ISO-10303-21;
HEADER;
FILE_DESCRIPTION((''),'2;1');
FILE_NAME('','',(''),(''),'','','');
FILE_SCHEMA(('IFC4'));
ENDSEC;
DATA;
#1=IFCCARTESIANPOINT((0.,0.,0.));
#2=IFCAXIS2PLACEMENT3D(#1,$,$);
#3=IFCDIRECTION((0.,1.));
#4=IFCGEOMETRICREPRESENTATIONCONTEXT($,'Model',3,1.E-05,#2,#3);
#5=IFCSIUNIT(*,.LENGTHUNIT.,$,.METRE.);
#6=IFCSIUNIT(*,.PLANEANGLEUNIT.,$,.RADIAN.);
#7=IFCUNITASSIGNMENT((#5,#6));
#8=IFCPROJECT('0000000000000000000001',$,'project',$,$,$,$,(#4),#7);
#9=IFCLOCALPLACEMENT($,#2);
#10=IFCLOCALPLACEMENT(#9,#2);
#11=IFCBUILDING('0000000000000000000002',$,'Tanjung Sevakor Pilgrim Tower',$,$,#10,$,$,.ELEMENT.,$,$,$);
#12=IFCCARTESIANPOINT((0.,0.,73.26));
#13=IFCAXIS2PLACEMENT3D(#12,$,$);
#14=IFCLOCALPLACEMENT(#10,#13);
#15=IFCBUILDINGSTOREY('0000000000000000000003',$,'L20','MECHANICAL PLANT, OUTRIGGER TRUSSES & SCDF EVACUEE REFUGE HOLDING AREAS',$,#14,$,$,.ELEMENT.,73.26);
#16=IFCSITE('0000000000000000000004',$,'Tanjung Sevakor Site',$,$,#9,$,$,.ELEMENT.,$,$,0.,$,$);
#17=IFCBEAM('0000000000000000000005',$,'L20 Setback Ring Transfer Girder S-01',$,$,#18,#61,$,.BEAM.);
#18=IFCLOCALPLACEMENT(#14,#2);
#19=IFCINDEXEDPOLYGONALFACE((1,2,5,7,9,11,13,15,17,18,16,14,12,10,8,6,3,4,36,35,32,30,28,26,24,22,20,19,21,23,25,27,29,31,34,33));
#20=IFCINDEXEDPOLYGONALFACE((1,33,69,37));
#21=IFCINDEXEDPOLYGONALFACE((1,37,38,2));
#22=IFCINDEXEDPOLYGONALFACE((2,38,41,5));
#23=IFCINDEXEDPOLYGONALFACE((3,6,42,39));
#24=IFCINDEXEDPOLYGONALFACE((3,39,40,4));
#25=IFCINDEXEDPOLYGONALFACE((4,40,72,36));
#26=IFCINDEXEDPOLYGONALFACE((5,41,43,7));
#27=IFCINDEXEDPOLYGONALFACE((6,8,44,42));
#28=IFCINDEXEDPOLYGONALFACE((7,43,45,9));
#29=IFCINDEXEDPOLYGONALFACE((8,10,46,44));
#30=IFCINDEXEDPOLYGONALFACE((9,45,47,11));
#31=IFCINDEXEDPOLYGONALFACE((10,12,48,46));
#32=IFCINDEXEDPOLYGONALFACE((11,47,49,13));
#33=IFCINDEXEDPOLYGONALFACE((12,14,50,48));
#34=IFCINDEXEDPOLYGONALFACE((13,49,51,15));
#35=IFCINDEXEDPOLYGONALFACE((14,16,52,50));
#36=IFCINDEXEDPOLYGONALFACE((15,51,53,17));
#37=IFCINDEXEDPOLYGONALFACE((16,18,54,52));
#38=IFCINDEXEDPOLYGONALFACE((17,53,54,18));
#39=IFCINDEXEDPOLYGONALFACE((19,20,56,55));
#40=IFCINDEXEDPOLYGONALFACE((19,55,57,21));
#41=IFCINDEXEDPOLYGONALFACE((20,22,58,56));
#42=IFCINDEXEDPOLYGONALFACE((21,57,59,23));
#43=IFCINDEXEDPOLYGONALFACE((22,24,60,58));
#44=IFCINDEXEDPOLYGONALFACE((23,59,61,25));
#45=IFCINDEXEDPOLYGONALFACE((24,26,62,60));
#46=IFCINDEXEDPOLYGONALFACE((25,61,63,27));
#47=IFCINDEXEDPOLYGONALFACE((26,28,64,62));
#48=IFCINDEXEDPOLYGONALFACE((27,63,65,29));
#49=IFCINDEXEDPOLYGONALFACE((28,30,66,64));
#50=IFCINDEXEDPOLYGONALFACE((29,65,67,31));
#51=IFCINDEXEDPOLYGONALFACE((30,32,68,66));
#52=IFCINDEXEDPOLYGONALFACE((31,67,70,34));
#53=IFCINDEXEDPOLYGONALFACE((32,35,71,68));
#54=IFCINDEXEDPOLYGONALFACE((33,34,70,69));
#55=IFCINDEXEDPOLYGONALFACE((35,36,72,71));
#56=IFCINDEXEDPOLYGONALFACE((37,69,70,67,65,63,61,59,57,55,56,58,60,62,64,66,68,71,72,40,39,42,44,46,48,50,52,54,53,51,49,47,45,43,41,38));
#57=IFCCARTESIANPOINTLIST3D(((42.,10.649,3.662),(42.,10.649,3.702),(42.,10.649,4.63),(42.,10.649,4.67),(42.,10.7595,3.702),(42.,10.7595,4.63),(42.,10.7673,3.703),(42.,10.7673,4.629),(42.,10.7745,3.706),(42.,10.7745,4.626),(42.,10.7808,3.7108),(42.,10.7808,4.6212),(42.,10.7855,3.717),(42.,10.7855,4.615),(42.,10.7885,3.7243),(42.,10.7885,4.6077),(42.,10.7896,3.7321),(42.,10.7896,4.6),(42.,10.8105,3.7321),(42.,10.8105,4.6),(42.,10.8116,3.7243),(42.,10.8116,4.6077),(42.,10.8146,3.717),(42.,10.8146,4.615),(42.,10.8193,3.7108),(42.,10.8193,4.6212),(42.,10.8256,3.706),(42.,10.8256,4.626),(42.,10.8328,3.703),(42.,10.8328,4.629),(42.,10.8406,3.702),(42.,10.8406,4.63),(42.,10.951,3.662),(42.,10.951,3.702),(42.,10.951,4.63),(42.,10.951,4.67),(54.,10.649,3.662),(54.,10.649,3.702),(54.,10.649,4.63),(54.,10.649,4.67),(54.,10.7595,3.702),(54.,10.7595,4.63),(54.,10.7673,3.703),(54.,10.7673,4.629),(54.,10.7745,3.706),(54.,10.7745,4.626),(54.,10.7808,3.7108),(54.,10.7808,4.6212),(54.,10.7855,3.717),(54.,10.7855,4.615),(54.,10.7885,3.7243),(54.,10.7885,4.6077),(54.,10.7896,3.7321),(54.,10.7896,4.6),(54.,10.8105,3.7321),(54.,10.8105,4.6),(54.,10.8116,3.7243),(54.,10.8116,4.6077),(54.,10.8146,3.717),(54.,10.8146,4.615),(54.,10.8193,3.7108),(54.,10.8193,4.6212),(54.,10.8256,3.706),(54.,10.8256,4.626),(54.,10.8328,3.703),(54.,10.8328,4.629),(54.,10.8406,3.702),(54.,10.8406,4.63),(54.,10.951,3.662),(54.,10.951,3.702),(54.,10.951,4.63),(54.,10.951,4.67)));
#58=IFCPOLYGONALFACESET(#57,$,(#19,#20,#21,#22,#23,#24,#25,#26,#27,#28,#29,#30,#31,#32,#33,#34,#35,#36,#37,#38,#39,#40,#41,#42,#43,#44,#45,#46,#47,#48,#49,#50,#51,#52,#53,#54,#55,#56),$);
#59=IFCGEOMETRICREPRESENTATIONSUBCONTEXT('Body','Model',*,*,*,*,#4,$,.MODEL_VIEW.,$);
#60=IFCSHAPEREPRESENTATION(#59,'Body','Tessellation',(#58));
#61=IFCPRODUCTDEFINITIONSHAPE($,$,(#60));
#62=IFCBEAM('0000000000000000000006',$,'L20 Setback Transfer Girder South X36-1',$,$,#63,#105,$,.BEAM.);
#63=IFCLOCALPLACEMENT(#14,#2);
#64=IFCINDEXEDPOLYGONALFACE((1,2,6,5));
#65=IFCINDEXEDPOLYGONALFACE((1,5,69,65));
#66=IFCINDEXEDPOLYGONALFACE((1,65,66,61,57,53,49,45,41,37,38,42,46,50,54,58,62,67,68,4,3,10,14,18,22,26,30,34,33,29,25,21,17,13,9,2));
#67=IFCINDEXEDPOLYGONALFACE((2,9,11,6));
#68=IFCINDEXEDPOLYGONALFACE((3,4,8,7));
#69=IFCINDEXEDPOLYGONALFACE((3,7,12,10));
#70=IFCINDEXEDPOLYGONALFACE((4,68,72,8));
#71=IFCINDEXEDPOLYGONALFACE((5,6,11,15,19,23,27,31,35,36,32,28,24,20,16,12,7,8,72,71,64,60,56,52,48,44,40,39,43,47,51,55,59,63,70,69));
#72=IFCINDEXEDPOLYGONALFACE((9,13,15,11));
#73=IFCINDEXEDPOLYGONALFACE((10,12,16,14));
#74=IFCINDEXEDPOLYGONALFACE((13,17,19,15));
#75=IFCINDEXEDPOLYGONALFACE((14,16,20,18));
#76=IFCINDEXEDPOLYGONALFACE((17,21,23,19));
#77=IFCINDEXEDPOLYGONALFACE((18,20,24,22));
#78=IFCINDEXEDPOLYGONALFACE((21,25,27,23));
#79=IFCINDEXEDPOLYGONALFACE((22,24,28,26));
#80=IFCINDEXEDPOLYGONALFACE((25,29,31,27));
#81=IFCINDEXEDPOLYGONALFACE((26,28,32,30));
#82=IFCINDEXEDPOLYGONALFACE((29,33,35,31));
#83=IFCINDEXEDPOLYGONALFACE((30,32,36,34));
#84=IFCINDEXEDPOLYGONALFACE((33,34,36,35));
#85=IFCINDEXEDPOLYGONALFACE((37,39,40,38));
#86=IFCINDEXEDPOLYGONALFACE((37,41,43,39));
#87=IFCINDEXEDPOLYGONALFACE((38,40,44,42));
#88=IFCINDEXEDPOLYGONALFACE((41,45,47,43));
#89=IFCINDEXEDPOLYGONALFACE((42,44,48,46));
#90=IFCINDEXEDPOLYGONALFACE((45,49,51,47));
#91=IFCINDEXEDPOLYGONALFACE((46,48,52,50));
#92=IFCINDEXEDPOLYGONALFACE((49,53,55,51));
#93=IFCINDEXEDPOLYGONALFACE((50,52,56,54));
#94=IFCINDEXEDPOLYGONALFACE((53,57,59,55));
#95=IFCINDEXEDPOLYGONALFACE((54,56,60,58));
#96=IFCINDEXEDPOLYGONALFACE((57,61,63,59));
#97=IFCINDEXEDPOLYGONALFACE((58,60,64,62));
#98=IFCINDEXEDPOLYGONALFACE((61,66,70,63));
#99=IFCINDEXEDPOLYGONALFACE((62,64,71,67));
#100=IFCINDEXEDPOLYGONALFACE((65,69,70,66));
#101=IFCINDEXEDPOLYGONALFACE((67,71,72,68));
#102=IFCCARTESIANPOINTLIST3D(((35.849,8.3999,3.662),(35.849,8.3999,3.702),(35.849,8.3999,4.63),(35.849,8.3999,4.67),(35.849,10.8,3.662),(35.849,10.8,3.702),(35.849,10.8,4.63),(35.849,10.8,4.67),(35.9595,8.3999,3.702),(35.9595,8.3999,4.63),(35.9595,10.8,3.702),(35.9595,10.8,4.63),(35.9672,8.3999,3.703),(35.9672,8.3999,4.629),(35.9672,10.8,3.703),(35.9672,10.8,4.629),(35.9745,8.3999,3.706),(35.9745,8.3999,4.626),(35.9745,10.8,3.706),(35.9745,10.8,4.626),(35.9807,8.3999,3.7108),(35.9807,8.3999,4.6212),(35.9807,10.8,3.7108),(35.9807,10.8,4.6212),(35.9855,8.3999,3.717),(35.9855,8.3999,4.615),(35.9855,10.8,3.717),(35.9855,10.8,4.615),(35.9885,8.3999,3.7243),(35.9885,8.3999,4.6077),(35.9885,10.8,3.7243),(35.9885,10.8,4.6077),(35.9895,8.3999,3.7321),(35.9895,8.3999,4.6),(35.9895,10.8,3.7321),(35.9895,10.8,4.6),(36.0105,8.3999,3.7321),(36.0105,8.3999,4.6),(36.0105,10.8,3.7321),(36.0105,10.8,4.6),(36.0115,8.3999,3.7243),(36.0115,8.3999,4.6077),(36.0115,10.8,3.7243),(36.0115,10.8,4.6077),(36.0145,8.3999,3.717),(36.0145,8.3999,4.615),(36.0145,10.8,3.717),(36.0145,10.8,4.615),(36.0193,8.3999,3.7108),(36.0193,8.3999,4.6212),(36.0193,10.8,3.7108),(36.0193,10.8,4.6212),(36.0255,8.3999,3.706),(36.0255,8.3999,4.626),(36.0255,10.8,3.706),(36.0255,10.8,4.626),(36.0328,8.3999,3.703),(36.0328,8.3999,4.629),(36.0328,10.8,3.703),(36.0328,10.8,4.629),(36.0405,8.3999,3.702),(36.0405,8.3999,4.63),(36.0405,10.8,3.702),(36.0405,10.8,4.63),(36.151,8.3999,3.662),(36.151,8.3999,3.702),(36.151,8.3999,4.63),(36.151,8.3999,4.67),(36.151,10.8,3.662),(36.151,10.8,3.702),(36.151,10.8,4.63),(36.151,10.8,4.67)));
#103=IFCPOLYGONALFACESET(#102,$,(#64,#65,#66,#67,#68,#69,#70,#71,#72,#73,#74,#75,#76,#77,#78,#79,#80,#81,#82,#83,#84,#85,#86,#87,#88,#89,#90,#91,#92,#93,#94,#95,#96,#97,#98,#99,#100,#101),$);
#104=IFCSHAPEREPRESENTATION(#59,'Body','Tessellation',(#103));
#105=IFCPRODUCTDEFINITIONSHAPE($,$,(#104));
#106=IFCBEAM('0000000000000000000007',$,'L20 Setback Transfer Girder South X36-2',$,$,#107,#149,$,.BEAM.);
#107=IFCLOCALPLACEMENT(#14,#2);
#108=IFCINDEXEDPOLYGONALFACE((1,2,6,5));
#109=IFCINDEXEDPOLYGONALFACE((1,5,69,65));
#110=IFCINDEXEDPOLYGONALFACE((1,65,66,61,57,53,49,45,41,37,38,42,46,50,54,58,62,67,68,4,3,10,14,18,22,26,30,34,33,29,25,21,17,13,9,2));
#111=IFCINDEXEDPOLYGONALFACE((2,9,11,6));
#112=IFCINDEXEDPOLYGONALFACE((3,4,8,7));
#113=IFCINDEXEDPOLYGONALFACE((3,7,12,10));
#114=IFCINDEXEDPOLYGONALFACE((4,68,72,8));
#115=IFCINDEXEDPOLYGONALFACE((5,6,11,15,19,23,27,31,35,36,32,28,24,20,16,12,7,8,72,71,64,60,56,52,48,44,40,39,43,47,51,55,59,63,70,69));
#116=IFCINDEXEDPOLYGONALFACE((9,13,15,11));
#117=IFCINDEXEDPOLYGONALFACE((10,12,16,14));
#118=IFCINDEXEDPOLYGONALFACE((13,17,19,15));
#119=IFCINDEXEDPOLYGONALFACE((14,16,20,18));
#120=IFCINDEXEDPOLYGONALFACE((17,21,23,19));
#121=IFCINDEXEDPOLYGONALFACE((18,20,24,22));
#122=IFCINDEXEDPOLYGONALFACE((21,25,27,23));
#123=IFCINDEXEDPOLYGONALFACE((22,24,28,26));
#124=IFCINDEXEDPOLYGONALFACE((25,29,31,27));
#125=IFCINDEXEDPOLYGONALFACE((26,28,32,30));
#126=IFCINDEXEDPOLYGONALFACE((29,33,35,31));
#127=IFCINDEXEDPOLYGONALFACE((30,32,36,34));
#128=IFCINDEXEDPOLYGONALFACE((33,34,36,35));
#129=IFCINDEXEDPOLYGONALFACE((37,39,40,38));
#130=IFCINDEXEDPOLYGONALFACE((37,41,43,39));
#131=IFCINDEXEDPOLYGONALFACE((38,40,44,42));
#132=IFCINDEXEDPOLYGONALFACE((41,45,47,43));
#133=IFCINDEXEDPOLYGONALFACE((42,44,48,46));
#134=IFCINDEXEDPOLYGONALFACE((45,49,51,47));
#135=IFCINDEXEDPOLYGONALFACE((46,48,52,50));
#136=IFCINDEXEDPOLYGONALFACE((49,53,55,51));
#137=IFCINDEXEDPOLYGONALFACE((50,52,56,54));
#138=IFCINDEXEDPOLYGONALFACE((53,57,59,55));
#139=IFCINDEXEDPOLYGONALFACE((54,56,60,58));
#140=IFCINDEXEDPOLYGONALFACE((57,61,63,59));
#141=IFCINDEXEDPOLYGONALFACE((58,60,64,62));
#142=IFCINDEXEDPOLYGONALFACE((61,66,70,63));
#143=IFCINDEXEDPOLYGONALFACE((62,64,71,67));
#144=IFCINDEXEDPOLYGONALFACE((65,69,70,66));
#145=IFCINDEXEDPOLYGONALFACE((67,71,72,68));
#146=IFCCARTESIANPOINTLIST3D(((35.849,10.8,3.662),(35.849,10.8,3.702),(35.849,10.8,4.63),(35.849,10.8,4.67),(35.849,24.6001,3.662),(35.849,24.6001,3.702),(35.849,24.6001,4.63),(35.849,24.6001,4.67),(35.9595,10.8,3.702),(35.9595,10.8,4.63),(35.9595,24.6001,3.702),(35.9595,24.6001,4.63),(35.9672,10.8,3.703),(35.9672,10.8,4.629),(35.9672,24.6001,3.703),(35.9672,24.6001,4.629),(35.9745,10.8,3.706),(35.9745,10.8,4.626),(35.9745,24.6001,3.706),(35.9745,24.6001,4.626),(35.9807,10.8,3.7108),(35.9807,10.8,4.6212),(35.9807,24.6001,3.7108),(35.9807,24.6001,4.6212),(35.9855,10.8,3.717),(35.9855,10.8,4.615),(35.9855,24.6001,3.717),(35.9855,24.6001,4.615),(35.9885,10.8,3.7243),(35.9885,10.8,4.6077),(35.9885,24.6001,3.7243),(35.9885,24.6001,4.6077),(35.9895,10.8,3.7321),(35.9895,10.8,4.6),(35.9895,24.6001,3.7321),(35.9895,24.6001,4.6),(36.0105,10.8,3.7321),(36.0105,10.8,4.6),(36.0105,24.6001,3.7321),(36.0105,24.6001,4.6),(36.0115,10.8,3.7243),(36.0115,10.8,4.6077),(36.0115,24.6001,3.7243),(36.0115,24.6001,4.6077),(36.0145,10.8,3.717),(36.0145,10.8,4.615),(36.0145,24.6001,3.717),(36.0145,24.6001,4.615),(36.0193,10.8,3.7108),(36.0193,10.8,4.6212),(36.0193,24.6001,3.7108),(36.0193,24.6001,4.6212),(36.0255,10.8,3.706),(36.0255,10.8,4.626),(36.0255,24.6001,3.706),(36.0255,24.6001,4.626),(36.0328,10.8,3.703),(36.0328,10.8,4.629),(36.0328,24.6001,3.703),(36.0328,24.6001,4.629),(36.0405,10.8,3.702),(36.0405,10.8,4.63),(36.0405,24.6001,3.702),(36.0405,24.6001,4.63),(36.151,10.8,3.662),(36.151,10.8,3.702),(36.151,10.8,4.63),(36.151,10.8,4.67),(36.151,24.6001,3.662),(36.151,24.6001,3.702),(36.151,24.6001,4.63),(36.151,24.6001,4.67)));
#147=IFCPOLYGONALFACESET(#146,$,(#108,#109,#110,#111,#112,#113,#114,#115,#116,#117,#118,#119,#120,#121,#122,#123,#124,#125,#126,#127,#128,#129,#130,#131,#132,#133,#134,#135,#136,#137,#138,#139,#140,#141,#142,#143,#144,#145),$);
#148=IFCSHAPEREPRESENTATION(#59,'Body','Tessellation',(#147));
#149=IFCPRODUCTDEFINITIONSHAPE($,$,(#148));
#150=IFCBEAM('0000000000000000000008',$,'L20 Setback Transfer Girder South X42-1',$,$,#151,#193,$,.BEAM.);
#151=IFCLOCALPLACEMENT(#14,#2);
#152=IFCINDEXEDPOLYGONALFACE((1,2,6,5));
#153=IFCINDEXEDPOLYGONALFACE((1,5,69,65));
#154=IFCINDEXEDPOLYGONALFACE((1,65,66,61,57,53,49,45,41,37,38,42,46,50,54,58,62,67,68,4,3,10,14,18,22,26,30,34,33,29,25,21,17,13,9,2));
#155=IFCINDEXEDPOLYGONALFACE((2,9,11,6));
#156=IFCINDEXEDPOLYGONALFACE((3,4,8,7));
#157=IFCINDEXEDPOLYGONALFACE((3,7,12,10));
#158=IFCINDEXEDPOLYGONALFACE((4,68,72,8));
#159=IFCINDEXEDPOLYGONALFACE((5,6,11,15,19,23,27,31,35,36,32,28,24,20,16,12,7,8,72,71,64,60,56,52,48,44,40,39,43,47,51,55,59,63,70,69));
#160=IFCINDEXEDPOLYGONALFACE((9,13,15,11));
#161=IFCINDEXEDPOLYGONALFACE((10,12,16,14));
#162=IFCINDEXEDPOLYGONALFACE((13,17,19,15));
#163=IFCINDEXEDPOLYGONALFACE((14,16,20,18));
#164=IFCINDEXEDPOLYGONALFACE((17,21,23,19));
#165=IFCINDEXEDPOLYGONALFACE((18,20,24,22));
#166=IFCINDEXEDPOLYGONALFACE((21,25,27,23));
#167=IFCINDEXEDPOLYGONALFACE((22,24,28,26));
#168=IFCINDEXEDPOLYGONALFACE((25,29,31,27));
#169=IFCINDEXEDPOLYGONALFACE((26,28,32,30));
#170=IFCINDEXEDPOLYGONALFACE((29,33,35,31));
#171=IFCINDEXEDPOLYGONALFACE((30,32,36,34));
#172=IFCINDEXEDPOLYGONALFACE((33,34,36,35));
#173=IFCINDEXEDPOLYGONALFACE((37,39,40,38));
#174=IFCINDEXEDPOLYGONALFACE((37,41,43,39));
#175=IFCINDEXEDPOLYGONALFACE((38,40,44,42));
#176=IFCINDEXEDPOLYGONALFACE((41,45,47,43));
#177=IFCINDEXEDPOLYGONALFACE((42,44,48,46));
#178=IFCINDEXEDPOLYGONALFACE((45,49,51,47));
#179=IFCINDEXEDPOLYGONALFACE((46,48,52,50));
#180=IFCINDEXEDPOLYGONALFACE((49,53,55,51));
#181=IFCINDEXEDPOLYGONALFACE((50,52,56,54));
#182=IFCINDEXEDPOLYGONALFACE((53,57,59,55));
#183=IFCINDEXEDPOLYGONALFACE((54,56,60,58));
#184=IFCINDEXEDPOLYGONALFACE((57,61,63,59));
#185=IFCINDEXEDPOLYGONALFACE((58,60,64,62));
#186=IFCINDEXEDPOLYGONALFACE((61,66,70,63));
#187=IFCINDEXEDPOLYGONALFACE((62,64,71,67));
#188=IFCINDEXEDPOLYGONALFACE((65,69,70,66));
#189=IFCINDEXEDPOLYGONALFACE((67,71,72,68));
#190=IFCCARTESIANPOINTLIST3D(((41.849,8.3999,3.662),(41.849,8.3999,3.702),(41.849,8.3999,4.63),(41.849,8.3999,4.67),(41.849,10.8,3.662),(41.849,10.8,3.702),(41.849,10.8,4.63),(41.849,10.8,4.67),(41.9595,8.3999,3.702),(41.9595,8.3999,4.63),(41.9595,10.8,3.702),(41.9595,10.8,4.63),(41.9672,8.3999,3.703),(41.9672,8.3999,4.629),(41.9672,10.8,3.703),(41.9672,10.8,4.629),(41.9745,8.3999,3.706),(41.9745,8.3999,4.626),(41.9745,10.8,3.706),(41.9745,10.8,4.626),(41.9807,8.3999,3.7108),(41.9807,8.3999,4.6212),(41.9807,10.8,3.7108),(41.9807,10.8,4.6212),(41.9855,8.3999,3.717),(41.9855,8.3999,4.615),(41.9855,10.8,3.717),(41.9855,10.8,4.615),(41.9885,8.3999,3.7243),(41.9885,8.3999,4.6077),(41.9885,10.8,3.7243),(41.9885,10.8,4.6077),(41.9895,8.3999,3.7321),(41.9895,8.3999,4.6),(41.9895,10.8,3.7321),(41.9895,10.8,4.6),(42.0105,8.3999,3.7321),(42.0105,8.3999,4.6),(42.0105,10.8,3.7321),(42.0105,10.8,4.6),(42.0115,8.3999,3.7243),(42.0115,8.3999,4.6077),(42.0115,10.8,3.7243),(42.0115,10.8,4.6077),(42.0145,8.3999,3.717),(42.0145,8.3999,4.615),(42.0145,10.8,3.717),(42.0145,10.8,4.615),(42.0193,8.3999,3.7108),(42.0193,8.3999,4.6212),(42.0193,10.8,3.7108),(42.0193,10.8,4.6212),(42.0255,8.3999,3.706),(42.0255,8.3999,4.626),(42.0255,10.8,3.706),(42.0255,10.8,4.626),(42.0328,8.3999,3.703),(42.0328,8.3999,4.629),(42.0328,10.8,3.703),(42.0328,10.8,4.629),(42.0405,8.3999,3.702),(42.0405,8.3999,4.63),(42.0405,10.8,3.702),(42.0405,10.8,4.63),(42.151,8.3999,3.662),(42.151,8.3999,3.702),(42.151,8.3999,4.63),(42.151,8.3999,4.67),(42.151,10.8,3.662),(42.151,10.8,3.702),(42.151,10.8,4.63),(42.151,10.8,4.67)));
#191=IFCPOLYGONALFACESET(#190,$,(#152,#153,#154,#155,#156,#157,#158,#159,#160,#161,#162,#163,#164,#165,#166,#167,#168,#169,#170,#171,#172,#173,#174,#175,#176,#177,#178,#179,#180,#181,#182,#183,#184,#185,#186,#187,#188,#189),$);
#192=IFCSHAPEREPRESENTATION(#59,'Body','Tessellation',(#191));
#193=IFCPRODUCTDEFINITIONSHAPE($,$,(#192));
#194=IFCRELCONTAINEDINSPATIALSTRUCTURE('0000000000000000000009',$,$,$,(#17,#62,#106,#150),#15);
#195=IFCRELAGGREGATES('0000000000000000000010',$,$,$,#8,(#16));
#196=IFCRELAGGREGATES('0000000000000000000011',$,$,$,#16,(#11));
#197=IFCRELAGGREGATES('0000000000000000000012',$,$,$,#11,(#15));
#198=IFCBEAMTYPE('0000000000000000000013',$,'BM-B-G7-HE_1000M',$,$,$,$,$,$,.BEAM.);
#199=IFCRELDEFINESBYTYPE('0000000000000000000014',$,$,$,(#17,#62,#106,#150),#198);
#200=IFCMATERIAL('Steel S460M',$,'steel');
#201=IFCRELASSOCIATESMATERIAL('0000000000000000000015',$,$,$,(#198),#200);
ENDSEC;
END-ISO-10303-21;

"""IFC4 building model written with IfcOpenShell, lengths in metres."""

from ifc_helpers import new_model, si_unit, direction, frame, origin, origin_2d, place, context, subcontext, project, spatial, i_section, extrude, material, material_profile, profile_set, type_object, element, save


model = new_model("IFC4")

# Units and contexts
model_context = context("Model", 3, precision=1e-05, world=origin(), true_north=direction((0.0, 1.0)))
body_context = subcontext(model_context, "Body", "Model", "MODEL_VIEW")
ifc_project = project(units=[si_unit("LENGTHUNIT", "METRE"), si_unit("PLANEANGLEUNIT", "RADIAN")], contexts=[model_context])

# Site, building, storey
site_placement = place(None, origin())
site = spatial("IfcSite", under=ifc_project, at=site_placement, Name="Tanjung Sevakor Site", CompositionType="ELEMENT", RefElevation=0.0)
building_placement = place(site_placement, origin())
building = spatial("IfcBuilding", under=site, at=building_placement, Name="Tanjung Sevakor Pilgrim Tower", CompositionType="ELEMENT")
storey_placement = place(building_placement, frame((0.0, 0.0, 73.26)))
storey = spatial("IfcBuildingStorey", under=building, at=storey_placement, Name="L20", Description="MECHANICAL PLANT, OUTRIGGER TRUSSES & SCDF EVACUEE REFUGE HOLDING AREAS", CompositionType="ELEMENT", Elevation=73.26)

# Beams
ifc_material_1 = material(Name="Steel S460M", Category="steel")
ifc_material_profile_1 = material_profile(ifc_material_1, i_section(OverallWidth=0.302, OverallDepth=1.0081, WebThickness=0.021, FlangeThickness=0.04, FilletRadius=0.03, at=origin_2d()))
ifc_profile_set_1 = profile_set([ifc_material_profile_1], Name="Steel S460M")
beam_type_1 = type_object("IfcBeamType", Name="BM-B-G7-HE_1000M", PredefinedType="BEAM", material=ifc_profile_set_1)
beam_1_placement = place(storey_placement, frame((42.0, 10.8, 4.166), z_axis=(1.0, 0.0, 0.0), x_axis=(0.0, 1.0, 0.0)))
element("IfcBeam", 1, at=beam_1_placement, inside=storey, type_object=beam_type_1, Name="L20 Setback Ring Transfer Girder S-01", PredefinedType="BEAM", context=body_context, shape_type="SweptSolid", body=[
    extrude(i_section(OverallWidth=0.302, OverallDepth=1.0081, WebThickness=0.021, FlangeThickness=0.04, FilletRadius=0.03, at=origin_2d()), origin(), (0.0, 0.0, 1.0), 12.0),
])
beam_2_placement = place(storey_placement, frame((36.0, 8.3999, 4.166), z_axis=(0.0, 1.0, 0.0), x_axis=(-1.0, 0.0, 0.0)))
element("IfcBeam", 2, at=beam_2_placement, inside=storey, type_object=beam_type_1, Name="L20 Setback Transfer Girder South X36-1", PredefinedType="BEAM", context=body_context, shape_type="SweptSolid", body=[
    extrude(i_section(OverallWidth=0.302, OverallDepth=1.0081, WebThickness=0.021, FlangeThickness=0.04, FilletRadius=0.03, at=origin_2d()), origin(), (0.0, 0.0, 1.0), 2.4001),
])
beam_3_placement = place(storey_placement, frame((36.0, 10.8, 4.166), z_axis=(0.0, 1.0, 0.0), x_axis=(-1.0, 0.0, 0.0)))
element("IfcBeam", 3, at=beam_3_placement, inside=storey, type_object=beam_type_1, Name="L20 Setback Transfer Girder South X36-2", PredefinedType="BEAM", context=body_context, shape_type="SweptSolid", body=[
    extrude(i_section(OverallWidth=0.302, OverallDepth=1.0081, WebThickness=0.021, FlangeThickness=0.04, FilletRadius=0.03, at=origin_2d()), origin(), (0.0, 0.0, 1.0), 13.8),
])
beam_4_placement = place(storey_placement, frame((42.0, 8.3999, 4.166), z_axis=(0.0, 1.0, 0.0), x_axis=(-1.0, 0.0, 0.0)))
element("IfcBeam", 4, at=beam_4_placement, inside=storey, type_object=beam_type_1, Name="L20 Setback Transfer Girder South X42-1", PredefinedType="BEAM", context=body_context, shape_type="SweptSolid", body=[
    extrude(i_section(OverallWidth=0.302, OverallDepth=1.0081, WebThickness=0.021, FlangeThickness=0.04, FilletRadius=0.03, at=origin_2d()), origin(), (0.0, 0.0, 1.0), 2.4001),
])

save(model, "model.ifc")
